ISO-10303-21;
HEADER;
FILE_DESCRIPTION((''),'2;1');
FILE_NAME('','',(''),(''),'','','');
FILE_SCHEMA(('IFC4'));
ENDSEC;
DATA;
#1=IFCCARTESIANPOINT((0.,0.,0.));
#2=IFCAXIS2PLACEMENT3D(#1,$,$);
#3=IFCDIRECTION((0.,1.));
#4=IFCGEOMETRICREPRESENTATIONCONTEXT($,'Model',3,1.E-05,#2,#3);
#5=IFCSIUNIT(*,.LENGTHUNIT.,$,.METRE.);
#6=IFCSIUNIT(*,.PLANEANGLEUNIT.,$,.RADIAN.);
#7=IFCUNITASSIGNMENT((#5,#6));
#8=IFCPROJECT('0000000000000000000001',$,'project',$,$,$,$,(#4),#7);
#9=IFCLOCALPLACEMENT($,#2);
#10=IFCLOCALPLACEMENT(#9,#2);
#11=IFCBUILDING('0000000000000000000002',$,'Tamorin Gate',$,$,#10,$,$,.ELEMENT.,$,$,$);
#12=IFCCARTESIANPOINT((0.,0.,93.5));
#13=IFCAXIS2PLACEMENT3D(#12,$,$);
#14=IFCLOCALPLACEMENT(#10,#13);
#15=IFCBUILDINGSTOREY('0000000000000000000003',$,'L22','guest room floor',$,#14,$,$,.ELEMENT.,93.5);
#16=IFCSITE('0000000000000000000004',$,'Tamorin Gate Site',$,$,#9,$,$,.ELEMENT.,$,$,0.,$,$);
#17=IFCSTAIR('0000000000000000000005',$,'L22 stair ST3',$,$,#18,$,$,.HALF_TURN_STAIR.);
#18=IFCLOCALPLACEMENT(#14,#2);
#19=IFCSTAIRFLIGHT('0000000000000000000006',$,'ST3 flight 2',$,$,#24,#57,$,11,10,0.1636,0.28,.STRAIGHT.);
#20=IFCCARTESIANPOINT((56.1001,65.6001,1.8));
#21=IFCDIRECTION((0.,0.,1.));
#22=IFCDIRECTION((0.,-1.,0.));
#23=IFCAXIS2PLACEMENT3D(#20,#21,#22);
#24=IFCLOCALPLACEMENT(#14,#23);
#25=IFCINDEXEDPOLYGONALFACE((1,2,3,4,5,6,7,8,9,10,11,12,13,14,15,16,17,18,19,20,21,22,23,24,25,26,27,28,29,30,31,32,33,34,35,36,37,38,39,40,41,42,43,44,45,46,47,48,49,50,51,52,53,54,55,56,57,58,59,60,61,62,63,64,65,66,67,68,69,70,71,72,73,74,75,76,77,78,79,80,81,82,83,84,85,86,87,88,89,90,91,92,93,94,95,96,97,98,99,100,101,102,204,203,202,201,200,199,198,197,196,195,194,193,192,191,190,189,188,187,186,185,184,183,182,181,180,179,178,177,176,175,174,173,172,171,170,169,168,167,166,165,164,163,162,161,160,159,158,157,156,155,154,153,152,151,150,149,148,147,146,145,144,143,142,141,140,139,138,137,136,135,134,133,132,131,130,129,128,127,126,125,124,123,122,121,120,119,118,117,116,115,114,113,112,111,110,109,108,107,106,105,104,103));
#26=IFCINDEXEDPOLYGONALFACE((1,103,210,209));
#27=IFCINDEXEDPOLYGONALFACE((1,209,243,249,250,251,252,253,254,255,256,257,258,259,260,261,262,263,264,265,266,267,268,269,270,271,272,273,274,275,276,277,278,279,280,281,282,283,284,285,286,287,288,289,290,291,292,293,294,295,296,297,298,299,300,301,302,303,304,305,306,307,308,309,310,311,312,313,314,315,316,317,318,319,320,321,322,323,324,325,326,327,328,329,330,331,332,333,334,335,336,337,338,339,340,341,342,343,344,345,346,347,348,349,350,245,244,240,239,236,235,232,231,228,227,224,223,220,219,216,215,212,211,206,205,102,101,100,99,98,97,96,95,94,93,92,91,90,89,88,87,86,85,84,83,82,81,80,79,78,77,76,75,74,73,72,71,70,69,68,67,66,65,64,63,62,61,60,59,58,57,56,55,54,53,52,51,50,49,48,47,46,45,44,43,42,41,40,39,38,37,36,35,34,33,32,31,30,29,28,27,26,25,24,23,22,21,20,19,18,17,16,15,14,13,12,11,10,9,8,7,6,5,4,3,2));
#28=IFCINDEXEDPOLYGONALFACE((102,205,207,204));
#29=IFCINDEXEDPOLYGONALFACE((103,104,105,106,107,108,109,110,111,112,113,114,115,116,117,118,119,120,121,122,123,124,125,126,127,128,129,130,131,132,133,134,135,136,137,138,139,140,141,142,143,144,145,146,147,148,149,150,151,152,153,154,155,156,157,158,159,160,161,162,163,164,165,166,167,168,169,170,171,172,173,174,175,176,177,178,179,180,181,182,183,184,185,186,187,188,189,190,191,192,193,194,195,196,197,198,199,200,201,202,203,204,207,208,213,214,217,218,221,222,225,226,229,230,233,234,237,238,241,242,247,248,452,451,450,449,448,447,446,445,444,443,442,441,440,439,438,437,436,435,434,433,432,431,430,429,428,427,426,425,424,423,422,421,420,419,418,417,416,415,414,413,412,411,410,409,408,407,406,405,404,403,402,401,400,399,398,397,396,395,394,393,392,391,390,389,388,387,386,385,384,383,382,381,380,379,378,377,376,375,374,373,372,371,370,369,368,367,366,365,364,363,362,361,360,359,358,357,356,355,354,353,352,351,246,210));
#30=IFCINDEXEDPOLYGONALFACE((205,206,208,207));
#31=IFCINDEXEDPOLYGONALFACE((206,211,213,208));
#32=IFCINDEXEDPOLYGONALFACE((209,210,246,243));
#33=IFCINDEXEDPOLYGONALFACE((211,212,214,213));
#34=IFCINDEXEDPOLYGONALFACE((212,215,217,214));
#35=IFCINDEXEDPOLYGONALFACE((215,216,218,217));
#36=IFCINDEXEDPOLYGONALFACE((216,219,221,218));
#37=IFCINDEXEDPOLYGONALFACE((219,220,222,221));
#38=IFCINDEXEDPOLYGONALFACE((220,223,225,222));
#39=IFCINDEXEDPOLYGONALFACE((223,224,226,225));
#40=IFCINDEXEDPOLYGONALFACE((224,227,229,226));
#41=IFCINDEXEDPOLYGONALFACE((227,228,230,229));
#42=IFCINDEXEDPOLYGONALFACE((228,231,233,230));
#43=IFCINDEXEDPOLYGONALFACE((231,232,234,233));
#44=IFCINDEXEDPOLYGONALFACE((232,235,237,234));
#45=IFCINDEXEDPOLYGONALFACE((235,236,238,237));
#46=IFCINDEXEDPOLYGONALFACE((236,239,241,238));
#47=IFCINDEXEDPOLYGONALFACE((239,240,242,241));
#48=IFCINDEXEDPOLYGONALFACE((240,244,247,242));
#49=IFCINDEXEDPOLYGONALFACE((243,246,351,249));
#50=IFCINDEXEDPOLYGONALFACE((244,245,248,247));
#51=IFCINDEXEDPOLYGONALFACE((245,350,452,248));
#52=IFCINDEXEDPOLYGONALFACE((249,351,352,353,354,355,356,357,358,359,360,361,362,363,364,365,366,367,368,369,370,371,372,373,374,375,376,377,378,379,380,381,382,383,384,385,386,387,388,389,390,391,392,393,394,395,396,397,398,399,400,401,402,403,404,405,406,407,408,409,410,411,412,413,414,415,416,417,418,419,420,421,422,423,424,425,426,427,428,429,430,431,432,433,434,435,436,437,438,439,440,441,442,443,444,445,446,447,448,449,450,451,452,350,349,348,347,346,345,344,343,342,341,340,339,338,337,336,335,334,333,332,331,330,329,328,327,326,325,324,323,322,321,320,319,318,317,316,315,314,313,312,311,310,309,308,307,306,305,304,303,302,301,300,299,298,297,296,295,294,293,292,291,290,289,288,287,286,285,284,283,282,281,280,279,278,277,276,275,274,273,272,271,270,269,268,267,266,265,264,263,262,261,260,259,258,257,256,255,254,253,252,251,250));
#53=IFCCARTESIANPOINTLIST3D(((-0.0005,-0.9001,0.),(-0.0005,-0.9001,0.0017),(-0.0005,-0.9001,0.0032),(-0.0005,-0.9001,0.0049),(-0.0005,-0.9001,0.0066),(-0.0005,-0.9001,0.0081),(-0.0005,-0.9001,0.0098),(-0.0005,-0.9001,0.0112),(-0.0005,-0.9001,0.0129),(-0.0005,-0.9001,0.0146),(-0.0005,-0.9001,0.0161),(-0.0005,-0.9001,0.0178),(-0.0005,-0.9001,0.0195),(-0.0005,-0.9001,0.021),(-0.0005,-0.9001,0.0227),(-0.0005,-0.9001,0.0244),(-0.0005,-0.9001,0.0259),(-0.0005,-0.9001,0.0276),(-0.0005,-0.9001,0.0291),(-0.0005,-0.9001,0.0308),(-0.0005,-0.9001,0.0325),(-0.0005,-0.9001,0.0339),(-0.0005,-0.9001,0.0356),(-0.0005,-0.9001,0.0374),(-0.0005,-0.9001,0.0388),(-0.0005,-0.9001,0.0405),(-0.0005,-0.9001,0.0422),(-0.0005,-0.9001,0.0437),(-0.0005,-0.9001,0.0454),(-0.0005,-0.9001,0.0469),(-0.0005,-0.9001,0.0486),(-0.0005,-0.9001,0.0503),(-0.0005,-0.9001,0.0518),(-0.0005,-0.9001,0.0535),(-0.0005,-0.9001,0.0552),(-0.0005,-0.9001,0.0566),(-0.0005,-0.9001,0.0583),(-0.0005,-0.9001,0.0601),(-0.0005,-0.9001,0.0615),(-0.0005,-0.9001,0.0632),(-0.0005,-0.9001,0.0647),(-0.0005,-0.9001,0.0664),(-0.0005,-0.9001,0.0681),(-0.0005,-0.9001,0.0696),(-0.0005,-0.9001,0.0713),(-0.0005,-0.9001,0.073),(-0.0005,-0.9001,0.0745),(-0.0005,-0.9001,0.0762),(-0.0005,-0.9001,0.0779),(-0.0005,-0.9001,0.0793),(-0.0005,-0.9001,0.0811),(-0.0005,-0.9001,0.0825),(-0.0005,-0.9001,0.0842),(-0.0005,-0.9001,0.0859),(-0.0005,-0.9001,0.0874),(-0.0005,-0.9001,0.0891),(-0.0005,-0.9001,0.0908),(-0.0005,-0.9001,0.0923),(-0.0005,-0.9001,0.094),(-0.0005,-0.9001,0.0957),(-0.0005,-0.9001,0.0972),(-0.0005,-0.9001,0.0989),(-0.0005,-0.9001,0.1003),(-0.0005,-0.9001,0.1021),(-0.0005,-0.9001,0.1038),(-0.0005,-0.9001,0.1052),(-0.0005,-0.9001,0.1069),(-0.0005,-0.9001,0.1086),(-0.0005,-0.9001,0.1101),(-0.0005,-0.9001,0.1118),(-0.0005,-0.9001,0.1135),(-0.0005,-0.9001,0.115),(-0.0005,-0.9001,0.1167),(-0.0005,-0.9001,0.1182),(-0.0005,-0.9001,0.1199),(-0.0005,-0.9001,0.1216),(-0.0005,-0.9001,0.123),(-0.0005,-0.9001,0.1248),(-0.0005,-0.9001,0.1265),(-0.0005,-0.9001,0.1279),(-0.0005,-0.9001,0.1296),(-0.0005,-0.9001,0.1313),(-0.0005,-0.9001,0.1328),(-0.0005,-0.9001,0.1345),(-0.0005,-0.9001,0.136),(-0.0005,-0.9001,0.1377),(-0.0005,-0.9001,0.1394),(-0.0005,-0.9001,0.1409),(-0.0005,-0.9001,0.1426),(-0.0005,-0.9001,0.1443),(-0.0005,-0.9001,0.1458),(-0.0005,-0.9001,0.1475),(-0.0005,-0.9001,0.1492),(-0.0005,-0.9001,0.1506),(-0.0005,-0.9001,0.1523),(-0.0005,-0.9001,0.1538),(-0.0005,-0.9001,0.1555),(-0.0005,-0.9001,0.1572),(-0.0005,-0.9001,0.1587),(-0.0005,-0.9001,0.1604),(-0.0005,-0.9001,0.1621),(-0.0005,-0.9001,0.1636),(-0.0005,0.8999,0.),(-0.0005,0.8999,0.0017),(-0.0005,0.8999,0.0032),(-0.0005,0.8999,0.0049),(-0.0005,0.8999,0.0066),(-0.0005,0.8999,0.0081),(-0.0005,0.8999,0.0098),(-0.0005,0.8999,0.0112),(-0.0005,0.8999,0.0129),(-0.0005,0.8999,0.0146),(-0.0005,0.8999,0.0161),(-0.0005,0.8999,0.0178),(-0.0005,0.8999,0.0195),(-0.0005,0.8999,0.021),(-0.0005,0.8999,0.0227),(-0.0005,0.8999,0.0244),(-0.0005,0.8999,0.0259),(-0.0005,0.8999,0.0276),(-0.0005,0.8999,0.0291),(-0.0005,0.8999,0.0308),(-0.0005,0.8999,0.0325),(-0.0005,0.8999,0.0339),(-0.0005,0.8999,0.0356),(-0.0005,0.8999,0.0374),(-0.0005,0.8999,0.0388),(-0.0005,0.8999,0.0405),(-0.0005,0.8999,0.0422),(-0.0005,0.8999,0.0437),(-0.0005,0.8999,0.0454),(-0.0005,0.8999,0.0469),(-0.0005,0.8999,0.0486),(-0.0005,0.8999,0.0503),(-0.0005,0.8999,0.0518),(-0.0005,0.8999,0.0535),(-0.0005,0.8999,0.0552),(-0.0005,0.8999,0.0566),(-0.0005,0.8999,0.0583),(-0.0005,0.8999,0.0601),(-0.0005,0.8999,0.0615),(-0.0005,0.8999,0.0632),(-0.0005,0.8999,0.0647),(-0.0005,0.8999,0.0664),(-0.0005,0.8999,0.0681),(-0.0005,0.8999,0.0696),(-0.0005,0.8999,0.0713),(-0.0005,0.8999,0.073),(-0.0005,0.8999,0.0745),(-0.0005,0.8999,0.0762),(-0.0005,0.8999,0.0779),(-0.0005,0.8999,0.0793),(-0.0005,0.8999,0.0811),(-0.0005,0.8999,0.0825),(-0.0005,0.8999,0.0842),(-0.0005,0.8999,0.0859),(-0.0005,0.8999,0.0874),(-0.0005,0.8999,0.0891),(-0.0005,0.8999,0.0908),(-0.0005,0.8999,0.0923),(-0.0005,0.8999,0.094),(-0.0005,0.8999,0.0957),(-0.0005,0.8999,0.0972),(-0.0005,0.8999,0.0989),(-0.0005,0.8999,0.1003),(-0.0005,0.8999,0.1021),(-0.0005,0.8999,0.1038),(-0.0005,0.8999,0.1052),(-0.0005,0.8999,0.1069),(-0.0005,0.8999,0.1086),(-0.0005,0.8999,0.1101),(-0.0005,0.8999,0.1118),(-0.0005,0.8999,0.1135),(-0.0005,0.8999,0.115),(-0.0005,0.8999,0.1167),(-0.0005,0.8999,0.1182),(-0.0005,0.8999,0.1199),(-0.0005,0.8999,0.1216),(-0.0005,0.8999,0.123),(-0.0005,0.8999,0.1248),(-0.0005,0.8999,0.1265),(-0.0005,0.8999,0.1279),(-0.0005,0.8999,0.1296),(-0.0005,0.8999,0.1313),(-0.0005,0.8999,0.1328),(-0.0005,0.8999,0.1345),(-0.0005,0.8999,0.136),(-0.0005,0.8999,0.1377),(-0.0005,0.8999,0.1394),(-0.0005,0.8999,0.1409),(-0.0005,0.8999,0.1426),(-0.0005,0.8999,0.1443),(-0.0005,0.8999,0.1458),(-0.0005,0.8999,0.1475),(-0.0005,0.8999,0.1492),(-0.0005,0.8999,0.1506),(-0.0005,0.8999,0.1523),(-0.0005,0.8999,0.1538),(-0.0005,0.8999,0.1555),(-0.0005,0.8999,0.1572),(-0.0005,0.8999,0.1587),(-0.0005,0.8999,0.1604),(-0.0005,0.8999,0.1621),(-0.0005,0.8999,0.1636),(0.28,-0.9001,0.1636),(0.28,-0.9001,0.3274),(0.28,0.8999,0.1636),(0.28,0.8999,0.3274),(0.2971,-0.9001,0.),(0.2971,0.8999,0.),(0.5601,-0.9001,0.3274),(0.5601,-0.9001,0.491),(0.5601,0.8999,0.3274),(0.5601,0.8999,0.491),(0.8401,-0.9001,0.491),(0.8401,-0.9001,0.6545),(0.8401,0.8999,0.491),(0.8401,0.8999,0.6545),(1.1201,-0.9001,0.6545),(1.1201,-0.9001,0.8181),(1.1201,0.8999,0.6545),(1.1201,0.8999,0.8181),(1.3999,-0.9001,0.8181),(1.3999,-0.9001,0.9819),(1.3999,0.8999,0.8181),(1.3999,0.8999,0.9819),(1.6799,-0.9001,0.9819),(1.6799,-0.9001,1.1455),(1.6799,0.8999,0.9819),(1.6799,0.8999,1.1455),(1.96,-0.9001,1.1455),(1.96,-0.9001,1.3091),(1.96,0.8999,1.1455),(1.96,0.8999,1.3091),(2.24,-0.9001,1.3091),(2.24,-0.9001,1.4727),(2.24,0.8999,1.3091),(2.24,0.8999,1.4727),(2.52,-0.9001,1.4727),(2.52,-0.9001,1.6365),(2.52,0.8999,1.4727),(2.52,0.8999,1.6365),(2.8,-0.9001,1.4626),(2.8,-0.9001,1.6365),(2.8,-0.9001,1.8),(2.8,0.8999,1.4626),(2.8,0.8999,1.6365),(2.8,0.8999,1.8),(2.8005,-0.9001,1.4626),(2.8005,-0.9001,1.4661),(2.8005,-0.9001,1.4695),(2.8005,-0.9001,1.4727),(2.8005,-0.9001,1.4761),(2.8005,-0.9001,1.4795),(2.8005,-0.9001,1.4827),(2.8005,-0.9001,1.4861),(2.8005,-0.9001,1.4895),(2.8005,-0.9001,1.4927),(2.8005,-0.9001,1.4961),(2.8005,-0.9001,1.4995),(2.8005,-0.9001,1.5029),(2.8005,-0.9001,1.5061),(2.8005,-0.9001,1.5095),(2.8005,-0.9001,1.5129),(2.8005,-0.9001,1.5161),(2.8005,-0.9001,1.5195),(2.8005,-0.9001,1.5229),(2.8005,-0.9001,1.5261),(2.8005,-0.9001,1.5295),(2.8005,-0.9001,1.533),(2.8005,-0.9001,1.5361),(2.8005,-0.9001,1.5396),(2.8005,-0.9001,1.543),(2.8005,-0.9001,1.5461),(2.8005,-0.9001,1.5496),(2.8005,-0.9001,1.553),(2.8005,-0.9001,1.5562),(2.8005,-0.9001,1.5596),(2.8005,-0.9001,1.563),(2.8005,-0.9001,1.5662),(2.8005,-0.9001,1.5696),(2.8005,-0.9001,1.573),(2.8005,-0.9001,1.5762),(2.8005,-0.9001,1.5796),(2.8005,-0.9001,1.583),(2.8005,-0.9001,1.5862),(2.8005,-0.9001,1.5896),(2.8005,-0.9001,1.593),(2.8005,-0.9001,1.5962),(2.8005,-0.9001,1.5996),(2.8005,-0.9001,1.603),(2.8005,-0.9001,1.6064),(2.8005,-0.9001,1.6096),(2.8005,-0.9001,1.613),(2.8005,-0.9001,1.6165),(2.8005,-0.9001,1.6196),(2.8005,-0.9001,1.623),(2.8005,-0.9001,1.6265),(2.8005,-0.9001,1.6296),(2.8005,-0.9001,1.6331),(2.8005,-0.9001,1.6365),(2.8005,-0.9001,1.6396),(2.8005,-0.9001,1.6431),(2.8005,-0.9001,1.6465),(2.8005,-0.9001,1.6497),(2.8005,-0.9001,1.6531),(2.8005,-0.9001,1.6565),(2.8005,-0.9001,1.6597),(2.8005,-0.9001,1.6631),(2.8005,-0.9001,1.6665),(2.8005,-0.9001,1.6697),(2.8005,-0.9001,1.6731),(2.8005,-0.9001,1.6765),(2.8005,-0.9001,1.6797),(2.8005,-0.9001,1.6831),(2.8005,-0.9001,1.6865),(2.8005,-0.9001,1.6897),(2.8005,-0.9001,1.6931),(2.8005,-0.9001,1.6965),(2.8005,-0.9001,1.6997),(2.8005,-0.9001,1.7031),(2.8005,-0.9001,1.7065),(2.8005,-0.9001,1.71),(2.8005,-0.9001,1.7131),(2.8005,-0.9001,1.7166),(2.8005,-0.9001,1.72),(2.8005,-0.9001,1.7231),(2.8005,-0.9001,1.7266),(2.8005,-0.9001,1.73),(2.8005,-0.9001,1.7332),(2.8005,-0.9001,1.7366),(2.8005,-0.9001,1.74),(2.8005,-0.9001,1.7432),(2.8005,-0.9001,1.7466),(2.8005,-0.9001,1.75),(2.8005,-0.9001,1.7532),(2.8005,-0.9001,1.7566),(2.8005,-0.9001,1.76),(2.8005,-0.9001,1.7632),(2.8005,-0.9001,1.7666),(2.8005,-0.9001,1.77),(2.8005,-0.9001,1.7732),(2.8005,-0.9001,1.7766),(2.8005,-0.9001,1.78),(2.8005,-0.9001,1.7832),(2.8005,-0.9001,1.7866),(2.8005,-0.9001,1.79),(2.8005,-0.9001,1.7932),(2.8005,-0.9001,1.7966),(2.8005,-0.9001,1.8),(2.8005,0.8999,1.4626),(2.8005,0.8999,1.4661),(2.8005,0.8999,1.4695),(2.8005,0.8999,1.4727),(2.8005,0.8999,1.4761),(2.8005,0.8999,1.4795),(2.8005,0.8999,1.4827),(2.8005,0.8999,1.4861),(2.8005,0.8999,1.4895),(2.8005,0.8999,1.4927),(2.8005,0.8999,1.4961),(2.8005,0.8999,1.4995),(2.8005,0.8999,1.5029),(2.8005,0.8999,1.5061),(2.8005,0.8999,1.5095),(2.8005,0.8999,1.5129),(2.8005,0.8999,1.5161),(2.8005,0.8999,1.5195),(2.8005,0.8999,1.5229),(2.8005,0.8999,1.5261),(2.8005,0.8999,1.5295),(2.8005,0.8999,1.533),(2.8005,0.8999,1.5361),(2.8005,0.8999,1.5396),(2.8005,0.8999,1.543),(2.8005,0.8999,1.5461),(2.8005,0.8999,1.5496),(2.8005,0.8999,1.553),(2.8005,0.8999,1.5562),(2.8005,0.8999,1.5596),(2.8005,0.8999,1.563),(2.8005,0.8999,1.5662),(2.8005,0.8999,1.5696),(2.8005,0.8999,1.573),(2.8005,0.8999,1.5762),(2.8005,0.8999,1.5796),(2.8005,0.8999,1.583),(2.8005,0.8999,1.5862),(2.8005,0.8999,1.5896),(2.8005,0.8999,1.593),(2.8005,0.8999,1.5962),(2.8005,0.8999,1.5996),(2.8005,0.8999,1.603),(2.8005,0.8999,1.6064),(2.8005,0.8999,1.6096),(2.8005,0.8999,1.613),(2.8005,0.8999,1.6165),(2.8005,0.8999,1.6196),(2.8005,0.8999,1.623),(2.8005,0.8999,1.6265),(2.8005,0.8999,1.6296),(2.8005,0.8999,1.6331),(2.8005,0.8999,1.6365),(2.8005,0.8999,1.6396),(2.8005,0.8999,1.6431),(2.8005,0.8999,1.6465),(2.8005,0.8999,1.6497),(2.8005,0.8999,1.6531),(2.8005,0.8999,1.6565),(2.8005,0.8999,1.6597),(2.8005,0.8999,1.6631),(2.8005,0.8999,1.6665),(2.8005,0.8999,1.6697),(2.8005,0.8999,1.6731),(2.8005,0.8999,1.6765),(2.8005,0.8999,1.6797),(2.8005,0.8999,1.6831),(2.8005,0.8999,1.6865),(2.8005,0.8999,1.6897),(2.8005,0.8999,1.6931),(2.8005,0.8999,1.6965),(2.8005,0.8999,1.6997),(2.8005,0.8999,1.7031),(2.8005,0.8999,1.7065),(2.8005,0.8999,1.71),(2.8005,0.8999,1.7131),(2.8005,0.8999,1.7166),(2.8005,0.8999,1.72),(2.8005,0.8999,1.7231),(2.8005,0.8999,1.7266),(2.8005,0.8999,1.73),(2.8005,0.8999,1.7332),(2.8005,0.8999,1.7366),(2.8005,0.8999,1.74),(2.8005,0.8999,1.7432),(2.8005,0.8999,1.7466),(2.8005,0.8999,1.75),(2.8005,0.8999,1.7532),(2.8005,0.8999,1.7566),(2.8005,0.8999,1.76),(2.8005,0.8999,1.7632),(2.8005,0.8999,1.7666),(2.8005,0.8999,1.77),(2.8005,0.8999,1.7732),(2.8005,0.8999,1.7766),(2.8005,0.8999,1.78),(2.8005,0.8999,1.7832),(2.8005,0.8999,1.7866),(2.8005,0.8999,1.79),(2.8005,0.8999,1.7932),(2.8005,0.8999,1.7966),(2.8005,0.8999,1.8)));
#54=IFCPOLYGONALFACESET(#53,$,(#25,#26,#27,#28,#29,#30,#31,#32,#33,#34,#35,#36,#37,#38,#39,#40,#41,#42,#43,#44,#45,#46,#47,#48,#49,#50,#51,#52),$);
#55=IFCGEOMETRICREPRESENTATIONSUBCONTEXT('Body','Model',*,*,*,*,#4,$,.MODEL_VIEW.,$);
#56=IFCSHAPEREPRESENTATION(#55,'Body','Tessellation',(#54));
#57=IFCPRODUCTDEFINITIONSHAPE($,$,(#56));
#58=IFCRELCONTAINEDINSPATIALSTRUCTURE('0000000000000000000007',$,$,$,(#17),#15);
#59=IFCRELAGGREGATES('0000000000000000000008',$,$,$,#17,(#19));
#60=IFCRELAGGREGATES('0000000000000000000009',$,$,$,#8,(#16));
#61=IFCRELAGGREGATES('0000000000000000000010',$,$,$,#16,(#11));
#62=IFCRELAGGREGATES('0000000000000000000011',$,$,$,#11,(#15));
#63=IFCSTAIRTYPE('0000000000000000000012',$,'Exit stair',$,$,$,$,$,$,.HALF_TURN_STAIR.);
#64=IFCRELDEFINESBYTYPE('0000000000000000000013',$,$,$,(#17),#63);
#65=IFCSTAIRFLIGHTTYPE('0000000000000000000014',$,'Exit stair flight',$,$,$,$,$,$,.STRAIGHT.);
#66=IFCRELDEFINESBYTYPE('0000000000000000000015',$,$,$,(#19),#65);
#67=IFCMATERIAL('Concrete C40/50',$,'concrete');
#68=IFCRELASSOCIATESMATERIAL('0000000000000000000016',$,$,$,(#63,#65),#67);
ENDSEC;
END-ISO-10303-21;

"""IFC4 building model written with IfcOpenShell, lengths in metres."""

from ifc_helpers import new_model, si_unit, direction, frame, origin, place, context, subcontext, project, spatial, polyline, outline, extrude, material, type_object, element, aggregate, save


model = new_model("IFC4")

# Units and contexts
model_context = context("Model", 3, precision=1e-05, world=origin(), true_north=direction((0.0, 1.0)))
body_context = subcontext(model_context, "Body", "Model", "MODEL_VIEW")
ifc_project = project(units=[si_unit("LENGTHUNIT", "METRE"), si_unit("PLANEANGLEUNIT", "RADIAN")], contexts=[model_context])

# Site, building, storey
site_placement = place(None, origin())
site = spatial("IfcSite", under=ifc_project, at=site_placement, Name="Tamorin Gate Site", CompositionType="ELEMENT", RefElevation=0.0)
building_placement = place(site_placement, origin())
building = spatial("IfcBuilding", under=site, at=building_placement, Name="Tamorin Gate", CompositionType="ELEMENT")
storey_placement = place(building_placement, frame((0.0, 0.0, 93.5)))
storey = spatial("IfcBuildingStorey", under=building, at=storey_placement, Name="L22", Description="guest room floor", CompositionType="ELEMENT", Elevation=93.5)

# Shared definitions
ifc_material_1 = material(Name="Concrete C40/50", Category="concrete")

# Stair, stair flight
stair_type = type_object("IfcStairType", Name="Exit stair", PredefinedType="HALF_TURN_STAIR", material=ifc_material_1)
stair_placement = place(storey_placement, origin())
stair = element("IfcStair", 1, at=stair_placement, inside=storey, type_object=stair_type, Name="L22 stair ST3", PredefinedType="HALF_TURN_STAIR")
stair_flight_type = type_object("IfcStairFlightType", Name="Exit stair flight", PredefinedType="STRAIGHT", material=ifc_material_1)
stair_flight_1_placement = place(storey_placement, frame((56.1001, 65.6001, 1.8), z_axis=(0.0, 0.0, 1.0), x_axis=(0.0, -1.0, 0.0)))
stair_flight_1 = element("IfcStairFlight", 2, at=stair_flight_1_placement, type_object=stair_flight_type, Name="ST3 flight 2", NumberOfRisers=11, NumberOfTreads=10, PredefinedType="STRAIGHT", RiserHeight=0.1636, TreadLength=0.28, context=body_context, shape_type="SweptSolid", body=[
    extrude(outline(polyline([(-0.0005, 0.0), (-0.0005, 0.0017), (-0.0005, 0.0032), (-0.0005, 0.0049), (-0.0005, 0.0066), (-0.0005, 0.0081), (-0.0005, 0.0098), (-0.0005, 0.0112), (-0.0005, 0.0129), (-0.0005, 0.0146), (-0.0005, 0.0161), (-0.0005, 0.0178), (-0.0005, 0.0195), (-0.0005, 0.021), (-0.0005, 0.0227), (-0.0005, 0.0244), (-0.0005, 0.0259), (-0.0005, 0.0276), (-0.0005, 0.0291), (-0.0005, 0.0308), (-0.0005, 0.0325), (-0.0005, 0.0339), (-0.0005, 0.0356), (-0.0005, 0.0374), (-0.0005, 0.0388), (-0.0005, 0.0405), (-0.0005, 0.0422), (-0.0005, 0.0437), (-0.0005, 0.0454), (-0.0005, 0.0469), (-0.0005, 0.0486), (-0.0005, 0.0503), (-0.0005, 0.0518), (-0.0005, 0.0535), (-0.0005, 0.0552), (-0.0005, 0.0566), (-0.0005, 0.0583), (-0.0005, 0.0601), (-0.0005, 0.0615), (-0.0005, 0.0632), (-0.0005, 0.0647), (-0.0005, 0.0664), (-0.0005, 0.0681), (-0.0005, 0.0696), (-0.0005, 0.0713), (-0.0005, 0.073), (-0.0005, 0.0745), (-0.0005, 0.0762), (-0.0005, 0.0779), (-0.0005, 0.0793), (-0.0005, 0.0811), (-0.0005, 0.0825), (-0.0005, 0.0842), (-0.0005, 0.0859), (-0.0005, 0.0874), (-0.0005, 0.0891), (-0.0005, 0.0908), (-0.0005, 0.0923), (-0.0005, 0.094), (-0.0005, 0.0957), (-0.0005, 0.0972), (-0.0005, 0.0989), (-0.0005, 0.1003), (-0.0005, 0.1021), (-0.0005, 0.1038), (-0.0005, 0.1052), (-0.0005, 0.1069), (-0.0005, 0.1086), (-0.0005, 0.1101), (-0.0005, 0.1118), (-0.0005, 0.1135), (-0.0005, 0.115), (-0.0005, 0.1167), (-0.0005, 0.1182), (-0.0005, 0.1199), (-0.0005, 0.1216), (-0.0005, 0.123), (-0.0005, 0.1248), (-0.0005, 0.1265), (-0.0005, 0.1279), (-0.0005, 0.1296), (-0.0005, 0.1313), (-0.0005, 0.1328), (-0.0005, 0.1345), (-0.0005, 0.136), (-0.0005, 0.1377), (-0.0005, 0.1394), (-0.0005, 0.1409), (-0.0005, 0.1426), (-0.0005, 0.1443), (-0.0005, 0.1458), (-0.0005, 0.1475), (-0.0005, 0.1492), (-0.0005, 0.1506), (-0.0005, 0.1523), (-0.0005, 0.1538), (-0.0005, 0.1555), (-0.0005, 0.1572), (-0.0005, 0.1587), (-0.0005, 0.1604), (-0.0005, 0.1621), (-0.0005, 0.1636), (0.28, 0.1636), (0.28, 0.3274), (0.5601, 0.3274), (0.5601, 0.491), (0.8401, 0.491), (0.8401, 0.6545), (1.1201, 0.6545), (1.1201, 0.8181), (1.3999, 0.8181), (1.3999, 0.9819), (1.6799, 0.9819), (1.6799, 1.1455), (1.96, 1.1455), (1.96, 1.3091), (2.24, 1.3091), (2.24, 1.4727), (2.52, 1.4727), (2.52, 1.6365), (2.8, 1.6365), (2.8, 1.8), (2.8005, 1.8), (2.8005, 1.7966), (2.8005, 1.7932), (2.8005, 1.79), (2.8005, 1.7866), (2.8005, 1.7832), (2.8005, 1.78), (2.8005, 1.7766), (2.8005, 1.7732), (2.8005, 1.77), (2.8005, 1.7666), (2.8005, 1.7632), (2.8005, 1.76), (2.8005, 1.7566), (2.8005, 1.7532), (2.8005, 1.75), (2.8005, 1.7466), (2.8005, 1.7432), (2.8005, 1.74), (2.8005, 1.7366), (2.8005, 1.7332), (2.8005, 1.73), (2.8005, 1.7266), (2.8005, 1.7231), (2.8005, 1.72), (2.8005, 1.7166), (2.8005, 1.7131), (2.8005, 1.71), (2.8005, 1.7065), (2.8005, 1.7031), (2.8005, 1.6997), (2.8005, 1.6965), (2.8005, 1.6931), (2.8005, 1.6897), (2.8005, 1.6865), (2.8005, 1.6831), (2.8005, 1.6797), (2.8005, 1.6765), (2.8005, 1.6731), (2.8005, 1.6697), (2.8005, 1.6665), (2.8005, 1.6631), (2.8005, 1.6597), (2.8005, 1.6565), (2.8005, 1.6531), (2.8005, 1.6497), (2.8005, 1.6465), (2.8005, 1.6431), (2.8005, 1.6396), (2.8005, 1.6365), (2.8005, 1.6331), (2.8005, 1.6296), (2.8005, 1.6265), (2.8005, 1.623), (2.8005, 1.6196), (2.8005, 1.6165), (2.8005, 1.613), (2.8005, 1.6096), (2.8005, 1.6064), (2.8005, 1.603), (2.8005, 1.5996), (2.8005, 1.5962), (2.8005, 1.593), (2.8005, 1.5896), (2.8005, 1.5862), (2.8005, 1.583), (2.8005, 1.5796), (2.8005, 1.5762), (2.8005, 1.573), (2.8005, 1.5696), (2.8005, 1.5662), (2.8005, 1.563), (2.8005, 1.5596), (2.8005, 1.5562), (2.8005, 1.553), (2.8005, 1.5496), (2.8005, 1.5461), (2.8005, 1.543), (2.8005, 1.5396), (2.8005, 1.5361), (2.8005, 1.533), (2.8005, 1.5295), (2.8005, 1.5261), (2.8005, 1.5229), (2.8005, 1.5195), (2.8005, 1.5161), (2.8005, 1.5129), (2.8005, 1.5095), (2.8005, 1.5061), (2.8005, 1.5029), (2.8005, 1.4995), (2.8005, 1.4961), (2.8005, 1.4927), (2.8005, 1.4895), (2.8005, 1.4861), (2.8005, 1.4827), (2.8005, 1.4795), (2.8005, 1.4761), (2.8005, 1.4727), (2.8005, 1.4695), (2.8005, 1.4661), (2.8005, 1.4626), (2.8, 1.4626), (0.2971, 0.0), (-0.0005, 0.0)])), frame((0.0, 0.8999, 0.0), z_axis=(0.0, -1.0, 0.0), x_axis=(1.0, 0.0, 0.0)), (0.0, 0.0, 1.0), 1.8),
])
aggregate(stair, [stair_flight_1])

save(model, "model.ifc")
